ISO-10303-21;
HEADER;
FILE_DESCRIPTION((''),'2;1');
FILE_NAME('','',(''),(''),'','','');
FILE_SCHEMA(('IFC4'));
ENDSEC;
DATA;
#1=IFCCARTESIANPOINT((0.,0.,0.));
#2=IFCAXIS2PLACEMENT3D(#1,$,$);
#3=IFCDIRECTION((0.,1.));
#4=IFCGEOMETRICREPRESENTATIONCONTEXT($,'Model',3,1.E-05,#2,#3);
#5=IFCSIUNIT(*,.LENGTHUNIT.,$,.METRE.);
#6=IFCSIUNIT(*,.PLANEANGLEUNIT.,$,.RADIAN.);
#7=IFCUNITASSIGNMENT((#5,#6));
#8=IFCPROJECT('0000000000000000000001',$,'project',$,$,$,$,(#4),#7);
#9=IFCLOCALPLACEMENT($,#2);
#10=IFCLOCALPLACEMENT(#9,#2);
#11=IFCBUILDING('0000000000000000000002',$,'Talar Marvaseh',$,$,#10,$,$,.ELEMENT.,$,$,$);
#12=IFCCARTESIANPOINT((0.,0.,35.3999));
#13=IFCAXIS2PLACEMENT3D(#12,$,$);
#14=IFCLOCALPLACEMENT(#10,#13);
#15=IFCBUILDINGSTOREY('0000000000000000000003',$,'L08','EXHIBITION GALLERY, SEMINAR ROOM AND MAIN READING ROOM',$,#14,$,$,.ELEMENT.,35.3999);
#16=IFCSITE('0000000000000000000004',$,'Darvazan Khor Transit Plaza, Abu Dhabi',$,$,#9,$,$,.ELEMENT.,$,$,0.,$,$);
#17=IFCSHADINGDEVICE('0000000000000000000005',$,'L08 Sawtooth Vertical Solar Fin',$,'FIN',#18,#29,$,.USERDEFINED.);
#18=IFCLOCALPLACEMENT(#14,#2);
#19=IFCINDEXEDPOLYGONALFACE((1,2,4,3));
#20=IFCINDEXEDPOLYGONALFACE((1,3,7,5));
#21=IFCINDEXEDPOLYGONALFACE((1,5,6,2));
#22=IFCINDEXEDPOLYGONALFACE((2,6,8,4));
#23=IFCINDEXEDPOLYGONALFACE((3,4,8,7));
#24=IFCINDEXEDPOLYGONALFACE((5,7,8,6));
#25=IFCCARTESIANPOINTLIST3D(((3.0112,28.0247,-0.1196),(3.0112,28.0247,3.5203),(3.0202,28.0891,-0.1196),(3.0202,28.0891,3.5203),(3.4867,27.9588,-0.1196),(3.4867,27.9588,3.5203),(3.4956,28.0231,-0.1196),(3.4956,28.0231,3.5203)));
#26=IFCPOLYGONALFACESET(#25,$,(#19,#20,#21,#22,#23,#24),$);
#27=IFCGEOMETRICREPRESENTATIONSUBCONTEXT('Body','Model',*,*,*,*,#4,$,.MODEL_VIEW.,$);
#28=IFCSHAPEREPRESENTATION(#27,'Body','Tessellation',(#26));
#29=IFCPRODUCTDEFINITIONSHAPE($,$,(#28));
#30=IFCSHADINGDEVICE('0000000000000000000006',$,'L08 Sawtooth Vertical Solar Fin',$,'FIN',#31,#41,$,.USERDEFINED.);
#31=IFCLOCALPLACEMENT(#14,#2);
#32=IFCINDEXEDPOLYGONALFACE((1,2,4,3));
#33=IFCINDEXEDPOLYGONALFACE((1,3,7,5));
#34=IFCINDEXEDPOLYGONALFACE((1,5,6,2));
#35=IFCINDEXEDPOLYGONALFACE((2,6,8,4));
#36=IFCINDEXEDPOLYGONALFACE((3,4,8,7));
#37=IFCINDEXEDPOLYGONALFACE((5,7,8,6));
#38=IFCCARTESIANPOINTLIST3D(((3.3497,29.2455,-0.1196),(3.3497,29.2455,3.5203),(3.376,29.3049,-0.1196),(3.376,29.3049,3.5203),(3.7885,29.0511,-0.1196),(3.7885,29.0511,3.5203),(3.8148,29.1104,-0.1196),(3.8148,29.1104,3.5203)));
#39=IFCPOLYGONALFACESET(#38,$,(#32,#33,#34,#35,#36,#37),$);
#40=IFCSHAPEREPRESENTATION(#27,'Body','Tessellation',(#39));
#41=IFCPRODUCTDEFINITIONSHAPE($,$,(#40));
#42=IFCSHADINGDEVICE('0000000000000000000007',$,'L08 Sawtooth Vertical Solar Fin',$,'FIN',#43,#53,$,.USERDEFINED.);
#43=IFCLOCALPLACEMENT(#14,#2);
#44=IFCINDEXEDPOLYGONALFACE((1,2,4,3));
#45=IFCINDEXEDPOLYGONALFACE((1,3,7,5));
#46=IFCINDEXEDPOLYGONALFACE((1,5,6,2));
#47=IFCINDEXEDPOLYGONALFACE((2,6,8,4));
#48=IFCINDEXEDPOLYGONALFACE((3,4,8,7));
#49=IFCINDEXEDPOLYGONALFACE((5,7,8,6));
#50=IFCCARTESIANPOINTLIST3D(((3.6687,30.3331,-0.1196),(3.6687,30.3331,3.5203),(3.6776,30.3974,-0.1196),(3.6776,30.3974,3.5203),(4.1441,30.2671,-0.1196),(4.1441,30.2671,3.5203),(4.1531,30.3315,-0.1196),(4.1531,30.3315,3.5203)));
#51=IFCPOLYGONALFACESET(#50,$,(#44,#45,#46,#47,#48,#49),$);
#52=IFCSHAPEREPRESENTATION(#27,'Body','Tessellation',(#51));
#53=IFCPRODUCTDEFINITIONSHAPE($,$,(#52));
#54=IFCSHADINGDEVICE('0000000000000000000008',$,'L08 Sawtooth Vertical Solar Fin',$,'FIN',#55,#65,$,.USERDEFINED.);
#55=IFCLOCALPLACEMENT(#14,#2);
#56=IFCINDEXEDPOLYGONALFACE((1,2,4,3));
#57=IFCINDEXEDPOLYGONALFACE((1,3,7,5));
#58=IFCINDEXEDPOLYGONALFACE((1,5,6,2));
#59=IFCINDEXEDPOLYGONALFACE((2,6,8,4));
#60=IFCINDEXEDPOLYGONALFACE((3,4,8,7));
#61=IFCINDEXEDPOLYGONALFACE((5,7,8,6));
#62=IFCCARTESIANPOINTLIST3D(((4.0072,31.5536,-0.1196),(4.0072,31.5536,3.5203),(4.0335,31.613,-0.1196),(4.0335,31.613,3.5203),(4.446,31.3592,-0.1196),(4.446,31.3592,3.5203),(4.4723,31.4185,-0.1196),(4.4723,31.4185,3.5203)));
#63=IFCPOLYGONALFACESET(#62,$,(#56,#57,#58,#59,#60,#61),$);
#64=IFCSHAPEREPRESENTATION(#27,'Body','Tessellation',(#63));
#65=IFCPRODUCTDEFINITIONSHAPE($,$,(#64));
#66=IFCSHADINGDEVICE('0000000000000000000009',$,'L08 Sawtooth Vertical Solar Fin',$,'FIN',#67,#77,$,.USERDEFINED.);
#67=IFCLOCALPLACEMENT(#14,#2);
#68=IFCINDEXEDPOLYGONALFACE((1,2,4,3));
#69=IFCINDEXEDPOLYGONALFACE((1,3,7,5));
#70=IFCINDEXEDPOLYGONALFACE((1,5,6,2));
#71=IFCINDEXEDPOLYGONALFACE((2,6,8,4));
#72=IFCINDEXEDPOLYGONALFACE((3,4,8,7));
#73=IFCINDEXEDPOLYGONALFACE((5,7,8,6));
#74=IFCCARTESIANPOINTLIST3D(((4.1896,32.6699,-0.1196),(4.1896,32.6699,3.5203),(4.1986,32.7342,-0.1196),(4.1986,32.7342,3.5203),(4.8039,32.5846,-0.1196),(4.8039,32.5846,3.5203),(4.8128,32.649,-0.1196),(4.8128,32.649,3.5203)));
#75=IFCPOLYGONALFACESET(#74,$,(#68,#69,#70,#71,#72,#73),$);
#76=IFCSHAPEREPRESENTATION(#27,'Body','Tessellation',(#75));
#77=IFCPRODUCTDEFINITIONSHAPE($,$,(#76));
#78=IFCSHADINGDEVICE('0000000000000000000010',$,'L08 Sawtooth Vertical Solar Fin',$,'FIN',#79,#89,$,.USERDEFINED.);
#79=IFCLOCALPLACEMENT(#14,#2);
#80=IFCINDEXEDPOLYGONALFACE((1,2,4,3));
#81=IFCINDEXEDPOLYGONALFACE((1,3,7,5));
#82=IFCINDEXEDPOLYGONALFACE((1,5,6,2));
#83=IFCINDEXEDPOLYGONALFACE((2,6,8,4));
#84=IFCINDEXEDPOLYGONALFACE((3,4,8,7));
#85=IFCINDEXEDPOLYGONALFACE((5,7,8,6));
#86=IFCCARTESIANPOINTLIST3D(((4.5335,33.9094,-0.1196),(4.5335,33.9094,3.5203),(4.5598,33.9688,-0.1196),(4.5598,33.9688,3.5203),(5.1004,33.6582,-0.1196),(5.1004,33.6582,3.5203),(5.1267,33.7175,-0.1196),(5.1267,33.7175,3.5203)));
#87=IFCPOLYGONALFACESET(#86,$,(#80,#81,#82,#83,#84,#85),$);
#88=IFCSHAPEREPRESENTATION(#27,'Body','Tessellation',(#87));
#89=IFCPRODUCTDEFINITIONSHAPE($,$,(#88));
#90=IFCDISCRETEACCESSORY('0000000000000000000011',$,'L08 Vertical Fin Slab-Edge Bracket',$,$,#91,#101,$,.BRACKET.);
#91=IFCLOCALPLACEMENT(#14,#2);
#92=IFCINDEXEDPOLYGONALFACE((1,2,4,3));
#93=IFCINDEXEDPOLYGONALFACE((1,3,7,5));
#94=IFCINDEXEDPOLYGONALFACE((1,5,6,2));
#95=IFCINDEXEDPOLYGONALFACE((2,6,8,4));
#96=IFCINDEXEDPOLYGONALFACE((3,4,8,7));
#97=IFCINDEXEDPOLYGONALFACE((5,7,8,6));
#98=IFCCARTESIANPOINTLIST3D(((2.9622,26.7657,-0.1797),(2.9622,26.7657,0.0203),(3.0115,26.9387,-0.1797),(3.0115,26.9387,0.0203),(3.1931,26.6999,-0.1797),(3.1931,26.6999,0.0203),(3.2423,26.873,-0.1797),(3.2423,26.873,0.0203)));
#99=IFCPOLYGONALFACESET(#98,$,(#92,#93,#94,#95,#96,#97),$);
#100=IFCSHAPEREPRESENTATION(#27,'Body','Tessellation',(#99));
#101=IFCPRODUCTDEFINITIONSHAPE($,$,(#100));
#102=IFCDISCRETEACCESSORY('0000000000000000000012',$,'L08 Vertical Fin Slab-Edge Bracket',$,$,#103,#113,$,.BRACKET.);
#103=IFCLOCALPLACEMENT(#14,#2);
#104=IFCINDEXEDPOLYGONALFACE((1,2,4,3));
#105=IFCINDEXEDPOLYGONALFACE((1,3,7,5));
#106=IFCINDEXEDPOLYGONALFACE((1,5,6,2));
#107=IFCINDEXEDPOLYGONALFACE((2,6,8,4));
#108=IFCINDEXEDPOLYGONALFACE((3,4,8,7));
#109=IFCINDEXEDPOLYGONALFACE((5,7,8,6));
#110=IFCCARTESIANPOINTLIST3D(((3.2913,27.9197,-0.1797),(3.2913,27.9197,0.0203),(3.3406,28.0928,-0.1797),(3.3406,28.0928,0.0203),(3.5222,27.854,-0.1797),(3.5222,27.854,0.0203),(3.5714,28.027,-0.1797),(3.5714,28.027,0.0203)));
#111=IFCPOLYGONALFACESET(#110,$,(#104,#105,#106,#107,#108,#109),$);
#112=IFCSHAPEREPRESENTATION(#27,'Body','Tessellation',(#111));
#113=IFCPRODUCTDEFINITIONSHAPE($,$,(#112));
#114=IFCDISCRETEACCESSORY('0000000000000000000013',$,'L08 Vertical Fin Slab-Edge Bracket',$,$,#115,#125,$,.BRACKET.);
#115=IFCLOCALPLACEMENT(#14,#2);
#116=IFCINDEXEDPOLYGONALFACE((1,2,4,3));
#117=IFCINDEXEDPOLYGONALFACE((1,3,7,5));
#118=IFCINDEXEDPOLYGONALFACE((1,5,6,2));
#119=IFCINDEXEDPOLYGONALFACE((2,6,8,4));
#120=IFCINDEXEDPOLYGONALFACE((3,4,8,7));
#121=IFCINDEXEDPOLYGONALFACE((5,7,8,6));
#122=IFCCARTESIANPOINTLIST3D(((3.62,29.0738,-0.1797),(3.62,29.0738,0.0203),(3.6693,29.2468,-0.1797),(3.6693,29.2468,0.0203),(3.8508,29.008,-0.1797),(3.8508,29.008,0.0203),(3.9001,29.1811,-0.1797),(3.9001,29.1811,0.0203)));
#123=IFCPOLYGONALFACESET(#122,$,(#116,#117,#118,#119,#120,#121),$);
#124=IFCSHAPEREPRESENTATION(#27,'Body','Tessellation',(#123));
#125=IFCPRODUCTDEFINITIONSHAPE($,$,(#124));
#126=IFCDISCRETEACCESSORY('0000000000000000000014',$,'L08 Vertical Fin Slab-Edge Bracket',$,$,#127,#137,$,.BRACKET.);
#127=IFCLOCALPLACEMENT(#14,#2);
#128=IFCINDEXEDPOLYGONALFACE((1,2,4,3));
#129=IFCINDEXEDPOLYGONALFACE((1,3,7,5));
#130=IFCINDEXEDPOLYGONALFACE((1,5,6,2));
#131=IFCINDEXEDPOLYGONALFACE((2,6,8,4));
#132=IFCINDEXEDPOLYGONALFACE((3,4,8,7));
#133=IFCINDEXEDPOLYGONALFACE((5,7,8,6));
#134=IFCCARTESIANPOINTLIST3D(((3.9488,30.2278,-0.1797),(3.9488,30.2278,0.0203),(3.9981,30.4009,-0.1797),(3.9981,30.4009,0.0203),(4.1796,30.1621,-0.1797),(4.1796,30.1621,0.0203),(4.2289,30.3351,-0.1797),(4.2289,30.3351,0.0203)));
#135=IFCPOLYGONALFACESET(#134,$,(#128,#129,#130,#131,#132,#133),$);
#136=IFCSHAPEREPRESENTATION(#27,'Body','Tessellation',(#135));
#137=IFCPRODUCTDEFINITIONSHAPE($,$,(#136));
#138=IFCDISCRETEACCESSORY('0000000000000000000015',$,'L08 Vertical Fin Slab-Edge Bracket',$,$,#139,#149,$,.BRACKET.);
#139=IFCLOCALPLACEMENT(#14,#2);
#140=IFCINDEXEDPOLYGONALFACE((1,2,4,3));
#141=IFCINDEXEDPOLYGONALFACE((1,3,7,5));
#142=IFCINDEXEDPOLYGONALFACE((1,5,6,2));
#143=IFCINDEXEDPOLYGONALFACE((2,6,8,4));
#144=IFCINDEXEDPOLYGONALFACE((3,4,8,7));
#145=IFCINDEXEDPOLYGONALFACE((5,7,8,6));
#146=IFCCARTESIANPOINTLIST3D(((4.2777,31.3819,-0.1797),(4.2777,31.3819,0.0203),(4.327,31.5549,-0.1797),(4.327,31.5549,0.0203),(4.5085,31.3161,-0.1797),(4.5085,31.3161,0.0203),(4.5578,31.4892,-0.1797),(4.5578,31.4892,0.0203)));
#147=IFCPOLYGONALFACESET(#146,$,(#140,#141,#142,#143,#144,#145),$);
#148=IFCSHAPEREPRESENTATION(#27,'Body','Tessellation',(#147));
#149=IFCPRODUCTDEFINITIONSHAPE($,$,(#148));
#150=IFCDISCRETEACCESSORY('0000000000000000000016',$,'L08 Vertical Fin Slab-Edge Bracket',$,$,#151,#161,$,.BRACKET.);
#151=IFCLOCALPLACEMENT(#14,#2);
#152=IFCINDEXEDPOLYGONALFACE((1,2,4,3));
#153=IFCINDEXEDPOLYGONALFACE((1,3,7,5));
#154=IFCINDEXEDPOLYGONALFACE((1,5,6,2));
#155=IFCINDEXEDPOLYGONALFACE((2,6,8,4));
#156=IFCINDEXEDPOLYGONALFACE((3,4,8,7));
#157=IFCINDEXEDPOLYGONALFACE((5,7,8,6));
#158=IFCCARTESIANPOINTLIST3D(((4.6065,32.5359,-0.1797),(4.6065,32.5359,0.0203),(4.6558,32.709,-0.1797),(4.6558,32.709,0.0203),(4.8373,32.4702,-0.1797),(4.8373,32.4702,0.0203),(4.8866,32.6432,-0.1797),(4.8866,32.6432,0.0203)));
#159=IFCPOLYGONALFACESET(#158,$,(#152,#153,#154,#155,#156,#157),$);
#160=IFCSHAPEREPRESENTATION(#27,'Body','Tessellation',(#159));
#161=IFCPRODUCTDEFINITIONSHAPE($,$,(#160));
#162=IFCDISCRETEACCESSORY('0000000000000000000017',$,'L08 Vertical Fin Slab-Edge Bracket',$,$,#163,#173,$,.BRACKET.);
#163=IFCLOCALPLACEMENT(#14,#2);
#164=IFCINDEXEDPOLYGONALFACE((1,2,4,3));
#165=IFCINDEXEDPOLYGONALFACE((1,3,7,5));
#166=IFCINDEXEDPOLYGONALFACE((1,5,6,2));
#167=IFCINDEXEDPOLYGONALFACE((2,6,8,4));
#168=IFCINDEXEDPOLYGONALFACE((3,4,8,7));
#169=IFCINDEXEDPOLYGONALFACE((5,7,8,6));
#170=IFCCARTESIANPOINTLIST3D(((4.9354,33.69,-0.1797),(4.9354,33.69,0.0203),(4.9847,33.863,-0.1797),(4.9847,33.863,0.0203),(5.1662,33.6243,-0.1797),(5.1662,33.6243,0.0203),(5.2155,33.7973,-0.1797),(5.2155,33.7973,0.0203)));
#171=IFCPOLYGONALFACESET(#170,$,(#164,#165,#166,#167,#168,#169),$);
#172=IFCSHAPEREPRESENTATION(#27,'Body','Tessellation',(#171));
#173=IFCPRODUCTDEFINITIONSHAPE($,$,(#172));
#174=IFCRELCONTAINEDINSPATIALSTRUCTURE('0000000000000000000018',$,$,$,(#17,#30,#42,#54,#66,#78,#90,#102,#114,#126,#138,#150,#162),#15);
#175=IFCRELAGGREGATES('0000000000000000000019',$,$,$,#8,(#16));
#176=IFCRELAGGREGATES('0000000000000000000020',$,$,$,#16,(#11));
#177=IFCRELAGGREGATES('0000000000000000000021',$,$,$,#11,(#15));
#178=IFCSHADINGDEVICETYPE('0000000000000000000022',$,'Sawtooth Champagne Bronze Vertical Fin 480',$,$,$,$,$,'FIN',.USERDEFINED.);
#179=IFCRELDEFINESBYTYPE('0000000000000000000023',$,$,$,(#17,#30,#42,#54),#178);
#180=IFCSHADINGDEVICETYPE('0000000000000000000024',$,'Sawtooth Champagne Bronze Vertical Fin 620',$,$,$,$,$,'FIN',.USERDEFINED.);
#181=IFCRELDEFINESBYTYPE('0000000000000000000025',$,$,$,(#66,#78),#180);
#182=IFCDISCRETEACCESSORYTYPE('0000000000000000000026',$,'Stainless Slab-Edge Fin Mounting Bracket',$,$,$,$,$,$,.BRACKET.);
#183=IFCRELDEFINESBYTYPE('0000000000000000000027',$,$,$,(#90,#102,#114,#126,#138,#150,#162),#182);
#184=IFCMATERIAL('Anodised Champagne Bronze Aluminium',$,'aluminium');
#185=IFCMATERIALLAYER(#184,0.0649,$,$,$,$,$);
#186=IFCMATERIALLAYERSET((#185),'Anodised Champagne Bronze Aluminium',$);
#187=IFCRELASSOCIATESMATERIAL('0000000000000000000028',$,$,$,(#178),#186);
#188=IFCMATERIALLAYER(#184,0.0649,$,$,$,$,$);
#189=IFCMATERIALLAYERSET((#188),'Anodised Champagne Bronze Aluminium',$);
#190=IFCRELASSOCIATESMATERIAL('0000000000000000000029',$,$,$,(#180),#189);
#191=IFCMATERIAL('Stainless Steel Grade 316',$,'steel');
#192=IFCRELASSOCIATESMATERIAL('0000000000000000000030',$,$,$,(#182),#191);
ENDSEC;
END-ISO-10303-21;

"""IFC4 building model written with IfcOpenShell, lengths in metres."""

from ifc_helpers import new_model, si_unit, direction, frame, origin, origin_2d, place, context, subcontext, project, spatial, rectangle, extrude, source, transform, mapped, material, layer, layer_set, type_object, type_shapes, element, save


model = new_model("IFC4")

# Units and contexts
model_context = context("Model", 3, precision=1e-05, world=origin(), true_north=direction((0.0, 1.0)))
body_context = subcontext(model_context, "Body", "Model", "MODEL_VIEW")
ifc_project = project(units=[si_unit("LENGTHUNIT", "METRE"), si_unit("PLANEANGLEUNIT", "RADIAN")], contexts=[model_context])

# Site, building, storey
site_placement = place(None, origin())
site = spatial("IfcSite", under=ifc_project, at=site_placement, Name="Darvazan Khor Transit Plaza, Abu Dhabi", CompositionType="ELEMENT", RefElevation=0.0)
building_placement = place(site_placement, origin())
building = spatial("IfcBuilding", under=site, at=building_placement, Name="Talar Marvaseh", CompositionType="ELEMENT")
storey_placement = place(building_placement, frame((0.0, 0.0, 35.3999)))
storey = spatial("IfcBuildingStorey", under=building, at=storey_placement, Name="L08", Description="EXHIBITION GALLERY, SEMINAR ROOM AND MAIN READING ROOM", CompositionType="ELEMENT", Elevation=35.3999)

# Shading devices
ifc_material_1 = material(Name="Anodised Champagne Bronze Aluminium", Category="aluminium")
ifc_layer_1 = layer(ifc_material_1, 0.0649)
ifc_layer_set_1 = layer_set([ifc_layer_1], Name="Anodised Champagne Bronze Aluminium")
shading_device_type_1 = type_object("IfcShadingDeviceType", Name="Sawtooth Champagne Bronze Vertical Fin 480", ElementType="FIN", PredefinedType="USERDEFINED", material=ifc_layer_set_1)
shared_shape_1 = source(origin(), body_context, "Body", "SweptSolid", [
    extrude(rectangle(XDim=0.48, YDim=0.0649, at=origin_2d()), origin(), (0.0, 0.0, 1.0), 3.6399),
])
type_shapes(shading_device_type_1, [shared_shape_1])
for number, where, z_axis, x_axis, name in (
    (1, (3.2534, 28.0239, -0.1196), (0.0, 0.0, 1.0), (-0.990509, 0.137445, 0.0), "L08 Sawtooth Vertical Solar Fin"),
    (2, (3.5823, 29.178, -0.1196), (0.0, 0.0, 1.0), (-0.914254, 0.405142, 0.0), "L08 Sawtooth Vertical Solar Fin"),
    (3, (3.9109, 30.3323, -0.1196), (0.0, 0.0, 1.0), (-0.990509, 0.137445, 0.0), "L08 Sawtooth Vertical Solar Fin"),
    (4, (4.2397, 31.4861, -0.1196), (0.0, 0.0, 1.0), (-0.914254, 0.405142, 0.0), "L08 Sawtooth Vertical Solar Fin"),
):
    element("IfcShadingDevice", number, at=place(storey_placement, frame(where, z_axis=z_axis, x_axis=x_axis)), inside=storey, type_object=shading_device_type_1, Name=name, ObjectType="FIN", PredefinedType="USERDEFINED", context=body_context, shape_type="MappedRepresentation", body=[
        mapped(shared_shape_1, transform((0.0, 0.0, 0.0), x_axis=(1.0, 0.0, 0.0), y_axis=(0.0, 1.0, 0.0), z_axis=(0.0, 0.0, 1.0), scale=1.0)),
    ])
ifc_layer_2 = layer(ifc_material_1, 0.0649)
ifc_layer_set_2 = layer_set([ifc_layer_2], Name="Anodised Champagne Bronze Aluminium")
shading_device_type_2 = type_object("IfcShadingDeviceType", Name="Sawtooth Champagne Bronze Vertical Fin 620", ElementType="FIN", PredefinedType="USERDEFINED", material=ifc_layer_set_2)
shared_shape_2 = source(origin(), body_context, "Body", "SweptSolid", [
    extrude(rectangle(XDim=0.6201, YDim=0.0649, at=origin_2d()), origin(), (0.0, 0.0, 1.0), 3.6399),
])
type_shapes(shading_device_type_2, [shared_shape_2])
for number, where, z_axis, x_axis, name in (
    (5, (4.5012, 32.6594, -0.1196), (0.0, 0.0, 1.0), (-0.990509, 0.137445, 0.0), "L08 Sawtooth Vertical Solar Fin"),
    (6, (4.8301, 33.8135, -0.1196), (0.0, 0.0, 1.0), (-0.914254, 0.405142, 0.0), "L08 Sawtooth Vertical Solar Fin"),
):
    element("IfcShadingDevice", number, at=place(storey_placement, frame(where, z_axis=z_axis, x_axis=x_axis)), inside=storey, type_object=shading_device_type_2, Name=name, ObjectType="FIN", PredefinedType="USERDEFINED", context=body_context, shape_type="MappedRepresentation", body=[
        mapped(shared_shape_2, transform((0.0, 0.0, 0.0), x_axis=(1.0, 0.0, 0.0), y_axis=(0.0, 1.0, 0.0), z_axis=(0.0, 0.0, 1.0), scale=1.0)),
    ])

# Discrete accessories
ifc_material_2 = material(Name="Stainless Steel Grade 316", Category="steel")
discrete_accessory_type = type_object("IfcDiscreteAccessoryType", Name="Stainless Slab-Edge Fin Mounting Bracket", PredefinedType="BRACKET", material=ifc_material_2)
shared_shape_3 = source(origin(), body_context, "Body", "SweptSolid", [
    extrude(rectangle(XDim=0.24, YDim=0.1799, at=origin_2d()), origin(), (0.0, 0.0, 1.0), 0.2),
])
type_shapes(discrete_accessory_type, [shared_shape_3])
for number, where, z_axis, x_axis, name in (
    (7, (3.1023, 26.8193, -0.1797), (0.0, 0.0, 1.0), (-0.961741, 0.273959, 0.0), "L08 Vertical Fin Slab-Edge Bracket"),
    (8, (3.4314, 27.9734, -0.1797), (0.0, 0.0, 1.0), (-0.961741, 0.273959, 0.0), "L08 Vertical Fin Slab-Edge Bracket"),
    (9, (3.76, 29.1274, -0.1797), (0.0, 0.0, 1.0), (-0.961741, 0.273959, 0.0), "L08 Vertical Fin Slab-Edge Bracket"),
    (10, (4.0889, 30.2815, -0.1797), (0.0, 0.0, 1.0), (-0.961741, 0.273959, 0.0), "L08 Vertical Fin Slab-Edge Bracket"),
    (11, (4.4177, 31.4355, -0.1797), (0.0, 0.0, 1.0), (-0.961741, 0.273959, 0.0), "L08 Vertical Fin Slab-Edge Bracket"),
    (12, (4.7466, 32.5896, -0.1797), (0.0, 0.0, 1.0), (-0.961741, 0.273959, 0.0), "L08 Vertical Fin Slab-Edge Bracket"),
    (13, (5.0754, 33.7437, -0.1797), (0.0, 0.0, 1.0), (-0.961741, 0.273959, 0.0), "L08 Vertical Fin Slab-Edge Bracket"),
):
    element("IfcDiscreteAccessory", number, at=place(storey_placement, frame(where, z_axis=z_axis, x_axis=x_axis)), inside=storey, type_object=discrete_accessory_type, Name=name, PredefinedType="BRACKET", context=body_context, shape_type="MappedRepresentation", body=[
        mapped(shared_shape_3, transform((0.0, 0.0, 0.0), x_axis=(1.0, 0.0, 0.0), y_axis=(0.0, 1.0, 0.0), z_axis=(0.0, 0.0, 1.0), scale=1.0)),
    ])

save(model, "model.ifc")
